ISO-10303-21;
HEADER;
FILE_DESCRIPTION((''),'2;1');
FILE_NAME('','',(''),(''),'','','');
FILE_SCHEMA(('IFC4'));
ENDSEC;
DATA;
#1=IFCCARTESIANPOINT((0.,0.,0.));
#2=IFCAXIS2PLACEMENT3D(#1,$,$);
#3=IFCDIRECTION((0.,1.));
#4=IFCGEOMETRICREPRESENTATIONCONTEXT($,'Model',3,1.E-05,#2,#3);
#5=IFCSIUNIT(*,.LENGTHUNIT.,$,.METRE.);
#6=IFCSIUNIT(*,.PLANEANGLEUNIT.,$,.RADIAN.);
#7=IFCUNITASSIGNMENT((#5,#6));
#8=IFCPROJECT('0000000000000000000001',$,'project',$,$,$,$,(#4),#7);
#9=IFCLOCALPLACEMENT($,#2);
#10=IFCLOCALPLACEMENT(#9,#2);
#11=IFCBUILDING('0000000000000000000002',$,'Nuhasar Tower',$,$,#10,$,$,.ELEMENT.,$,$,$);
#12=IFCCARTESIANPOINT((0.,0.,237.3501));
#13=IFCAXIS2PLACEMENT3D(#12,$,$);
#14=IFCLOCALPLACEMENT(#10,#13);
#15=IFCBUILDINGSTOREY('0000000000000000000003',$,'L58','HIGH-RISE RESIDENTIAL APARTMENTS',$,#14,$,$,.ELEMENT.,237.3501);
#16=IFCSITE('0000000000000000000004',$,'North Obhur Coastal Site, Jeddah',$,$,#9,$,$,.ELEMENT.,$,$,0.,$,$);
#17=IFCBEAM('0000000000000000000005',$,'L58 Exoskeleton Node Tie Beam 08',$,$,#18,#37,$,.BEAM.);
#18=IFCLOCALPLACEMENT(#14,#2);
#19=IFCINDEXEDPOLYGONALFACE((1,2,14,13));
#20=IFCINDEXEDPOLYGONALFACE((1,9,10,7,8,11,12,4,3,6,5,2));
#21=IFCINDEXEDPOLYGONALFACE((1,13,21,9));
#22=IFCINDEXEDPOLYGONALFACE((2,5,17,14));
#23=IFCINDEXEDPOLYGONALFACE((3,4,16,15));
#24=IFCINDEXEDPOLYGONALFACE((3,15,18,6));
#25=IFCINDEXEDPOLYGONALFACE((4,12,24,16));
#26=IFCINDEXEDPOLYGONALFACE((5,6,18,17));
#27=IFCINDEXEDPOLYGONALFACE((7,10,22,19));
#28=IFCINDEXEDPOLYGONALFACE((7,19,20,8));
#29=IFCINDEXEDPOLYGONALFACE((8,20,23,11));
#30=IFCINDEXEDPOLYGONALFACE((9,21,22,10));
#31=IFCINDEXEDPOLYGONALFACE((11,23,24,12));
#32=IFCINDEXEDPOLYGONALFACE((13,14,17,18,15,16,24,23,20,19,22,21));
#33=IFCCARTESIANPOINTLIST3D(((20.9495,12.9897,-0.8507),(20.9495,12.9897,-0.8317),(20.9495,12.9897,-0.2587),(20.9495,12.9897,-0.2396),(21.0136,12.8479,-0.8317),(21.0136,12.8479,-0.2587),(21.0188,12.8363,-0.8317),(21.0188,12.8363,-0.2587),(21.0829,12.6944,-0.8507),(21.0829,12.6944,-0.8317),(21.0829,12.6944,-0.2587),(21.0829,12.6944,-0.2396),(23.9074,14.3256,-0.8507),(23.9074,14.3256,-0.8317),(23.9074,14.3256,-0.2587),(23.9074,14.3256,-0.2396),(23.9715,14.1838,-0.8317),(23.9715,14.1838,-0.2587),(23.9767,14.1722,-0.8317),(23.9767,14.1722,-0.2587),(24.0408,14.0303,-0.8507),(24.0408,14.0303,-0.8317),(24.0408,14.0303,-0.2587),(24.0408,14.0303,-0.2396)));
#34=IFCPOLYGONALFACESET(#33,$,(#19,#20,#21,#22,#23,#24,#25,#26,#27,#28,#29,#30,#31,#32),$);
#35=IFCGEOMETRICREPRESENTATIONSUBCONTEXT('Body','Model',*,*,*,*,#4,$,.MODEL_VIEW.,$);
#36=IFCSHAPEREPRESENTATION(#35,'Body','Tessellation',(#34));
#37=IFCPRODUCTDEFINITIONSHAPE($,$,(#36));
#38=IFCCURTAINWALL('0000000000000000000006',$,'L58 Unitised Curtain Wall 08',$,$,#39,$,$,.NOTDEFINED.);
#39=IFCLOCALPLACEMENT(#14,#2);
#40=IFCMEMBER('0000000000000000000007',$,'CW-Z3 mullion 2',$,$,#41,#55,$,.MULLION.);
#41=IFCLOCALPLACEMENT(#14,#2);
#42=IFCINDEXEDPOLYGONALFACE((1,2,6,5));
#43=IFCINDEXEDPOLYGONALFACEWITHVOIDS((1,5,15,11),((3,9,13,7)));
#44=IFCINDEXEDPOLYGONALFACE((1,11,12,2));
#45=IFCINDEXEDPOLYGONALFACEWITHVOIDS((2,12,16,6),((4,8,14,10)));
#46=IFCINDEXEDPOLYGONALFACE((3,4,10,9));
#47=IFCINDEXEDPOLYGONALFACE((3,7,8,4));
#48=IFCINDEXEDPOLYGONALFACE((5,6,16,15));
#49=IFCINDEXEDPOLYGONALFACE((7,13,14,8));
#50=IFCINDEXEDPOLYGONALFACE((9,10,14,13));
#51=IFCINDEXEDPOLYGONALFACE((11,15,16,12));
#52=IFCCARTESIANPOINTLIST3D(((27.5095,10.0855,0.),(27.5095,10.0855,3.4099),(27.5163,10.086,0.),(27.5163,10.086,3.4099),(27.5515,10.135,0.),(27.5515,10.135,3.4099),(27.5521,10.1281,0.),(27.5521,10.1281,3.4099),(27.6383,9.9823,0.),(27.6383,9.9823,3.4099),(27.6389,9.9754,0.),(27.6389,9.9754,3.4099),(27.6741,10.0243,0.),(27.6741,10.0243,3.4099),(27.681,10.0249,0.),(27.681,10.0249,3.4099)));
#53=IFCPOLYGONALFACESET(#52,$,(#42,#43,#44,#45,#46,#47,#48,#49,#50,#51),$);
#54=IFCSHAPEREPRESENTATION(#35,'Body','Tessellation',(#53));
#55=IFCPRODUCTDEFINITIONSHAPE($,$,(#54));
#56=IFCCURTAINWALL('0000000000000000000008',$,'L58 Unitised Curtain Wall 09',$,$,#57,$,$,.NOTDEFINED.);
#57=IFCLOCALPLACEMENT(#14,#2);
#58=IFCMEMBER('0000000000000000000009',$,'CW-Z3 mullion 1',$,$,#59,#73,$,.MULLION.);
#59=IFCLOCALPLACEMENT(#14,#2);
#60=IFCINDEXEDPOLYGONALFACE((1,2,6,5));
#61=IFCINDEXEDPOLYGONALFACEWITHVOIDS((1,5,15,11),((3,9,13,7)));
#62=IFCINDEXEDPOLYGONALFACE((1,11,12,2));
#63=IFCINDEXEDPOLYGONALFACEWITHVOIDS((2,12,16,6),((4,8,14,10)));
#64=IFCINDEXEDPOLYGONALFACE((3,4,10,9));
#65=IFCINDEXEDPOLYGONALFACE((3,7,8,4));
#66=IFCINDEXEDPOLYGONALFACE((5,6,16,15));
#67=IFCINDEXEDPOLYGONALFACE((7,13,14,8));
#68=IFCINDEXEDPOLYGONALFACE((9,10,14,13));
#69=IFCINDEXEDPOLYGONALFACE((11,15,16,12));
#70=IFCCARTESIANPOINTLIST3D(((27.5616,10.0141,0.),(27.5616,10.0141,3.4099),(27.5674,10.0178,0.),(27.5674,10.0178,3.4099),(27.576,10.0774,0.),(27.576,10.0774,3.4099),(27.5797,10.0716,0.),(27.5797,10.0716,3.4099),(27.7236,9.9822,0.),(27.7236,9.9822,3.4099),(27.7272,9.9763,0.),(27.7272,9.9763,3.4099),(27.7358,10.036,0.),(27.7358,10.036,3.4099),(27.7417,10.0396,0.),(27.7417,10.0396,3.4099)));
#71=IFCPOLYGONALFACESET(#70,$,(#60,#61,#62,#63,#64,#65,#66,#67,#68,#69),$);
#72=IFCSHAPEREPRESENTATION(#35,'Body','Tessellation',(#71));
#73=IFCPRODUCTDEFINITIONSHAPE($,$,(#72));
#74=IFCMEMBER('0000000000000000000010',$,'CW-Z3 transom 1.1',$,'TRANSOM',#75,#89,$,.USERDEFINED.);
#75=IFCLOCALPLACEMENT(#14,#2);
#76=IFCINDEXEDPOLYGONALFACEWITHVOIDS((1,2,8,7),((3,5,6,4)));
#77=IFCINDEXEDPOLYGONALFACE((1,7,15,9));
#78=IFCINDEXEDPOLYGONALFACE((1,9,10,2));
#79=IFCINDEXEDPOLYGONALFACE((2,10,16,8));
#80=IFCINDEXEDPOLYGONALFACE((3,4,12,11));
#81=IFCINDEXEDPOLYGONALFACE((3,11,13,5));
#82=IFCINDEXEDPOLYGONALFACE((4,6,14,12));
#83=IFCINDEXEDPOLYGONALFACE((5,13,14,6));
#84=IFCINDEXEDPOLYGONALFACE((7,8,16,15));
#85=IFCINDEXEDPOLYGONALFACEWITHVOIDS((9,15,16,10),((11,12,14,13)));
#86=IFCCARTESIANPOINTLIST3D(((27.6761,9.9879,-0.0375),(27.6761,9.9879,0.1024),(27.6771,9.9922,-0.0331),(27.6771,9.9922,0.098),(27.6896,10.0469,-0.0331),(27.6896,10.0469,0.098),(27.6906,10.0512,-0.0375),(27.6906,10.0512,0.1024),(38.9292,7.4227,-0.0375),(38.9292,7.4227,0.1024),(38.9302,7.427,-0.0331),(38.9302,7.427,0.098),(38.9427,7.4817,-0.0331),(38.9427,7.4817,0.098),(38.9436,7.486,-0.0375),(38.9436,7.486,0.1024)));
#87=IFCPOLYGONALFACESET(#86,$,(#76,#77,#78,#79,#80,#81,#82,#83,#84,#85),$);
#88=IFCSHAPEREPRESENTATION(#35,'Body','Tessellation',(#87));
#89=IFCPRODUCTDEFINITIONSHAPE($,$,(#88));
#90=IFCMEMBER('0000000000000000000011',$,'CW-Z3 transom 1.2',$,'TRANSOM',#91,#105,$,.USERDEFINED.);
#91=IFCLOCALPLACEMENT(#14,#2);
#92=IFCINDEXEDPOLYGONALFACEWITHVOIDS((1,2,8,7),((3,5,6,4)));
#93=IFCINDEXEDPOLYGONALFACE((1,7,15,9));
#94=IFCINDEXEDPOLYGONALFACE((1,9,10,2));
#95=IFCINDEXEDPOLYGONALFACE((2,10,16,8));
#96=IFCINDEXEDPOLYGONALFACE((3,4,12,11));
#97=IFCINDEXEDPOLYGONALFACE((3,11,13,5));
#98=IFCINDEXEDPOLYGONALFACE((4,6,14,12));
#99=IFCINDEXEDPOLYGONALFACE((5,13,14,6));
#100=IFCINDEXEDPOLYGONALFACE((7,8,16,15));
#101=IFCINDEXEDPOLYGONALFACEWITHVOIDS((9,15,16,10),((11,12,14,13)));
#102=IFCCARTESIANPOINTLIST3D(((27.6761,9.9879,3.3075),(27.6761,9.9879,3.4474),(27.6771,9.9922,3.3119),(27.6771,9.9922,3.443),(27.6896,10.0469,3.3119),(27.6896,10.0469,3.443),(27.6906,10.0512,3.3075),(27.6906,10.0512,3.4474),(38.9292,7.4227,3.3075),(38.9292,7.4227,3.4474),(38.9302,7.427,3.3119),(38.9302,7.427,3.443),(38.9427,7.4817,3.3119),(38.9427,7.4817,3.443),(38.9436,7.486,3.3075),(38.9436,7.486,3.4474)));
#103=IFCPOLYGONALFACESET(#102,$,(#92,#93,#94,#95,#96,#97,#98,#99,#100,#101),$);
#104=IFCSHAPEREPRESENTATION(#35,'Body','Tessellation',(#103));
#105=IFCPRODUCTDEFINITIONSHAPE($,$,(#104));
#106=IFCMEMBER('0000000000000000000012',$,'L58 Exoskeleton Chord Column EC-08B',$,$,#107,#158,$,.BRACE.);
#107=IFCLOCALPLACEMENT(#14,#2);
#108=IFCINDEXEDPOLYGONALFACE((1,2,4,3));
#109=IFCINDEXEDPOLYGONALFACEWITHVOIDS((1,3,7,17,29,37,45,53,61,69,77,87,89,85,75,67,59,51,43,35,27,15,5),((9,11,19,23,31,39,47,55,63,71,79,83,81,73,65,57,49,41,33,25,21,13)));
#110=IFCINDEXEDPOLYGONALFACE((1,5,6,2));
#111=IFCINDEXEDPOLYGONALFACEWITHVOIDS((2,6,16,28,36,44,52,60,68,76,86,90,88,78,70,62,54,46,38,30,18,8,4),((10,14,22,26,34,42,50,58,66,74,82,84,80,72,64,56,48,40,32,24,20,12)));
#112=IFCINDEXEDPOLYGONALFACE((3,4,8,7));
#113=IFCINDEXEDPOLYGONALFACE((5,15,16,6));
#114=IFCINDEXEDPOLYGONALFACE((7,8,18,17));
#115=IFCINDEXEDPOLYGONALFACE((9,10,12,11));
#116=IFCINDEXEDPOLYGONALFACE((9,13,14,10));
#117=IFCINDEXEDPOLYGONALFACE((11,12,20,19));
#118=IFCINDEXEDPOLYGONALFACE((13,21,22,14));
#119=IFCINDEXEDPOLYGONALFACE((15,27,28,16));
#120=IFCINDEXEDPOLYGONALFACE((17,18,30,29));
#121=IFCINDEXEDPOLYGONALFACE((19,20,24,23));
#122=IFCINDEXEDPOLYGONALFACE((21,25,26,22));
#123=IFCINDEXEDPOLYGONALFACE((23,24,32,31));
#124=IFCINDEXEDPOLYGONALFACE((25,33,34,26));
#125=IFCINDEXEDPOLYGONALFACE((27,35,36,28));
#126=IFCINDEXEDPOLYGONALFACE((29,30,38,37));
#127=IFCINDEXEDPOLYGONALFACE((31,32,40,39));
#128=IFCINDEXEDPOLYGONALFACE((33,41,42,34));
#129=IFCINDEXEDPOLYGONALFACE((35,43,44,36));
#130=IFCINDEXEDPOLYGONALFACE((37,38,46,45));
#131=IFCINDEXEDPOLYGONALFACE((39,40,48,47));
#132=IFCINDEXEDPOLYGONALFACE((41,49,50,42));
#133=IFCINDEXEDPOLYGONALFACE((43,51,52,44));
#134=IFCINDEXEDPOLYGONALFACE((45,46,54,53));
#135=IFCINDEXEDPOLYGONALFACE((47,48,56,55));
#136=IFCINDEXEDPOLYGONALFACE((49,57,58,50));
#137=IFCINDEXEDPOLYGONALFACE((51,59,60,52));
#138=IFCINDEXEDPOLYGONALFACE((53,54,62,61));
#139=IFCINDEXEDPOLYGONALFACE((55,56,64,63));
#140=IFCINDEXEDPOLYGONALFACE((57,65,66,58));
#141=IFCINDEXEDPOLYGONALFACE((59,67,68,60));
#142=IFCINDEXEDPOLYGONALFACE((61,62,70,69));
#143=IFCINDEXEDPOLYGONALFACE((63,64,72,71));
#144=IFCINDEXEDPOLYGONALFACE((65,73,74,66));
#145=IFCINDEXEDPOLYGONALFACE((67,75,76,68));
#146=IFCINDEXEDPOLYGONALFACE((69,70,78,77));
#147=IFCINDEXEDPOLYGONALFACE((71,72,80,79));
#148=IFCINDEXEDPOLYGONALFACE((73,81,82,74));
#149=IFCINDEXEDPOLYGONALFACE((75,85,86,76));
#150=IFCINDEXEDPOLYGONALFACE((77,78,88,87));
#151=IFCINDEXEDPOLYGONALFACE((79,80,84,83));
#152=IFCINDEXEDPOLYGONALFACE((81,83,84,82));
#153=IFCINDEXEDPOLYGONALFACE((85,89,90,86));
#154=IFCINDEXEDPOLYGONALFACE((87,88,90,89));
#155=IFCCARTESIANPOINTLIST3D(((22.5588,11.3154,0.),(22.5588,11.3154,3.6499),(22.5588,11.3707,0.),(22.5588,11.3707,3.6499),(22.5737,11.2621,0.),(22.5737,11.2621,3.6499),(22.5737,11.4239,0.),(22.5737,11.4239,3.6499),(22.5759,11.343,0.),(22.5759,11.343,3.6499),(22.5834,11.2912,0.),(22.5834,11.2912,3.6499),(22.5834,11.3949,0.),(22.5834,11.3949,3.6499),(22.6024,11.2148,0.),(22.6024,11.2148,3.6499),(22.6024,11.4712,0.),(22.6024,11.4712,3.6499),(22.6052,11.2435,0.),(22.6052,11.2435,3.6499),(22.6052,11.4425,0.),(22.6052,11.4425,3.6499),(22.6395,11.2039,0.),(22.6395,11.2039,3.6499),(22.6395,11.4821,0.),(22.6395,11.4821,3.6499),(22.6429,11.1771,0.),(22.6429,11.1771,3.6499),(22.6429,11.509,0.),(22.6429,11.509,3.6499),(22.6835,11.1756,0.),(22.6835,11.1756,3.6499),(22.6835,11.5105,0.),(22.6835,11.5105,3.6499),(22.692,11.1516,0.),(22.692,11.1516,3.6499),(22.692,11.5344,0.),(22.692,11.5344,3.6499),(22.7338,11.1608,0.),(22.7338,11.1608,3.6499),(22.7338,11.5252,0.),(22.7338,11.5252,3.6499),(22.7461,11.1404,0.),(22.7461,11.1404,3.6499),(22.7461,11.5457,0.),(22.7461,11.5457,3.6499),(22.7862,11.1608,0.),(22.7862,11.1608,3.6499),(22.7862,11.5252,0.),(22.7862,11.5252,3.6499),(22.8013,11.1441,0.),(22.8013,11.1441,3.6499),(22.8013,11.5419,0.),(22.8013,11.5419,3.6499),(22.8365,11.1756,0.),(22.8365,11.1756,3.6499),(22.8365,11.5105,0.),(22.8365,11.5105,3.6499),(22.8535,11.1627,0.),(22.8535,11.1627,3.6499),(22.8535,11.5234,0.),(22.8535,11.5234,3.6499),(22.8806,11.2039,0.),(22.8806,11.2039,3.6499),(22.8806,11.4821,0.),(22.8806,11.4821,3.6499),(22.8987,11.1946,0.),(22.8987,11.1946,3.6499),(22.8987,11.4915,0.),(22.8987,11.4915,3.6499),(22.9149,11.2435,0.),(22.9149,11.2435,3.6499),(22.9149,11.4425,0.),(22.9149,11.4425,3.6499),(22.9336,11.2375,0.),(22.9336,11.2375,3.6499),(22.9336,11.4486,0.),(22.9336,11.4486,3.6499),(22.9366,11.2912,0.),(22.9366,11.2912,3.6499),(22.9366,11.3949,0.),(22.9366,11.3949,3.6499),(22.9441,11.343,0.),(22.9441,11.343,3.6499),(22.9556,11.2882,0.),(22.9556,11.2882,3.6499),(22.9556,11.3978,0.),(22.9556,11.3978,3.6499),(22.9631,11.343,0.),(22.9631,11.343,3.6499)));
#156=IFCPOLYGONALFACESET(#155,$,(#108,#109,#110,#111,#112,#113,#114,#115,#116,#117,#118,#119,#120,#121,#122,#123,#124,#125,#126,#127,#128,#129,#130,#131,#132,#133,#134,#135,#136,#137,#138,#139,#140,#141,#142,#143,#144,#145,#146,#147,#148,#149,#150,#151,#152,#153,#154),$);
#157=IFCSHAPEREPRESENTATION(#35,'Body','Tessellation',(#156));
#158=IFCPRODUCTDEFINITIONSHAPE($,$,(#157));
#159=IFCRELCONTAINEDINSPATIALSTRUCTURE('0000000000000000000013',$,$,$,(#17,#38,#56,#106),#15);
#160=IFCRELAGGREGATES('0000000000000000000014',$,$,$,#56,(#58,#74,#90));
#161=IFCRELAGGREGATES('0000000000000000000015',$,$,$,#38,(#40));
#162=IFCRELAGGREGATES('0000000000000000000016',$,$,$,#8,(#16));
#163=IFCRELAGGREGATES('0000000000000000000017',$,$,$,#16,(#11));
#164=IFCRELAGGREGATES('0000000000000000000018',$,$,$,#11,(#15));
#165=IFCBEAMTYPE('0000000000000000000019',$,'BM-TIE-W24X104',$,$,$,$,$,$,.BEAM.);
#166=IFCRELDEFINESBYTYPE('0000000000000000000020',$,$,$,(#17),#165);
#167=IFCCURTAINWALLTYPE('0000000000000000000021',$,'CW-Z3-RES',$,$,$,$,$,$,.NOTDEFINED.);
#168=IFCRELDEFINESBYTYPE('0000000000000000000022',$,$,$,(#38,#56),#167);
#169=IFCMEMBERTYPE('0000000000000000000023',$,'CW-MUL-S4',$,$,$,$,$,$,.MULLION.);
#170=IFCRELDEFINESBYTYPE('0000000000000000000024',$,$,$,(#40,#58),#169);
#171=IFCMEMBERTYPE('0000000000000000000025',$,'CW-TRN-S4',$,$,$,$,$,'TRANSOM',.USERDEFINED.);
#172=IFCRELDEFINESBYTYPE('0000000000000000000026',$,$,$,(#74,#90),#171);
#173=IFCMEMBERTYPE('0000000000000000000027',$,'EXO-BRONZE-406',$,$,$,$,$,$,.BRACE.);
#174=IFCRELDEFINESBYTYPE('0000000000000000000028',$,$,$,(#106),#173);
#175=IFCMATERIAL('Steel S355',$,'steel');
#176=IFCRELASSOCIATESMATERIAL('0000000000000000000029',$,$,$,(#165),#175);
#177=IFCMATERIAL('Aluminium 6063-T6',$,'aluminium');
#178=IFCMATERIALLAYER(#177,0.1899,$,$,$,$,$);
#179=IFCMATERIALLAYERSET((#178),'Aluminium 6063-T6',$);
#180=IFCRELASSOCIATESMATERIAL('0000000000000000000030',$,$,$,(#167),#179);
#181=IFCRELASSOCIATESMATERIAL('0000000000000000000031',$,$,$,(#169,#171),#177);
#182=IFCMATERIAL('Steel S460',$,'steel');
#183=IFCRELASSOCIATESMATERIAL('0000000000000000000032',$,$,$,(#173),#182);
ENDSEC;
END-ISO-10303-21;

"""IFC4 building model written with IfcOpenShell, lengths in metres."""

from ifc_helpers import new_model, si_unit, direction, frame, origin, origin_2d, place, context, subcontext, project, spatial, hollow_rectangle, hollow_circle, i_section, extrude, material, layer, layer_set, material_profile, profile_set, type_object, element, aggregate, save


model = new_model("IFC4")

# Units and contexts
model_context = context("Model", 3, precision=1e-05, world=origin(), true_north=direction((0.0, 1.0)))
body_context = subcontext(model_context, "Body", "Model", "MODEL_VIEW")
ifc_project = project(units=[si_unit("LENGTHUNIT", "METRE"), si_unit("PLANEANGLEUNIT", "RADIAN")], contexts=[model_context])

# Site, building, storey
site_placement = place(None, origin())
site = spatial("IfcSite", under=ifc_project, at=site_placement, Name="North Obhur Coastal Site, Jeddah", CompositionType="ELEMENT", RefElevation=0.0)
building_placement = place(site_placement, origin())
building = spatial("IfcBuilding", under=site, at=building_placement, Name="Nuhasar Tower", CompositionType="ELEMENT")
storey_placement = place(building_placement, frame((0.0, 0.0, 237.3501)))
storey = spatial("IfcBuildingStorey", under=building, at=storey_placement, Name="L58", Description="HIGH-RISE RESIDENTIAL APARTMENTS", CompositionType="ELEMENT", Elevation=237.3501)

# Beam
ifc_material_1 = material(Name="Steel S355", Category="steel")
ifc_material_profile_1 = material_profile(ifc_material_1, i_section(OverallWidth=0.324, OverallDepth=0.6111, WebThickness=0.0127, FlangeThickness=0.019, at=origin_2d()), Name="W24X104")
ifc_profile_set_1 = profile_set([ifc_material_profile_1], Name="Steel S355")
beam_type_1 = type_object("IfcBeamType", Name="BM-TIE-W24X104", PredefinedType="BEAM", material=ifc_profile_set_1)
beam_1_placement = place(storey_placement, frame((23.9741, 14.178, -0.5452), z_axis=(-0.911363, -0.411603, 0.0), x_axis=(0.411603, -0.911363, 0.0)))
element("IfcBeam", 1, at=beam_1_placement, inside=storey, type_object=beam_type_1, Name="L58 Exoskeleton Node Tie Beam 08", PredefinedType="BEAM", context=body_context, shape_type="SweptSolid", body=[
    extrude(i_section(OverallWidth=0.324, OverallDepth=0.6111, WebThickness=0.0127, FlangeThickness=0.019, at=origin_2d()), origin(), (0.0, 0.0, 1.0), 3.2456),
])

# Curtain wall, member
ifc_material_2 = material(Name="Aluminium 6063-T6", Category="aluminium")
ifc_layer_1 = layer(ifc_material_2, 0.1899)
ifc_layer_set_1 = layer_set([ifc_layer_1], Name="Aluminium 6063-T6")
curtain_wall_type = type_object("IfcCurtainWallType", Name="CW-Z3-RES", PredefinedType="NOTDEFINED", material=ifc_layer_set_1)
curtain_wall_1_placement = place(storey_placement, origin())
curtain_wall_1 = element("IfcCurtainWall", 2, at=curtain_wall_1_placement, inside=storey, type_object=curtain_wall_type, Name="L58 Unitised Curtain Wall 08", PredefinedType="NOTDEFINED")
ifc_material_profile_2 = material_profile(ifc_material_2, hollow_rectangle(XDim=0.0649, YDim=0.1699, WallThickness=0.0049, at=origin_2d()), Name="CWM-4")
ifc_profile_set_2 = profile_set([ifc_material_profile_2], Name="Aluminium 6063-T6")
member_type_1 = type_object("IfcMemberType", Name="CW-MUL-S4", PredefinedType="MULLION", material=ifc_profile_set_2)
member_1_placement = place(storey_placement, frame((27.5952, 10.0552, 0.0), z_axis=(0.0, 0.0, 1.0), x_axis=(0.647895, 0.761729, 0.0)))
member_1 = element("IfcMember", 3, at=member_1_placement, type_object=member_type_1, Name="CW-Z3 mullion 2", PredefinedType="MULLION", context=body_context, shape_type="SweptSolid", body=[
    extrude(hollow_rectangle(XDim=0.0649, YDim=0.1699, WallThickness=0.0049, at=origin_2d()), origin(), (0.0, 0.0, 1.0), 3.4099),
])

# Curtain wall, members
curtain_wall_2_placement = place(storey_placement, origin())
curtain_wall_2 = element("IfcCurtainWall", 4, at=curtain_wall_2_placement, inside=storey, type_object=curtain_wall_type, Name="L58 Unitised Curtain Wall 09", PredefinedType="NOTDEFINED")
member_2_placement = place(storey_placement, frame((27.6516, 10.0269, 0.0), z_axis=(0.0, 0.0, 1.0), x_axis=(0.222243, 0.974991, 0.0)))
member_2 = element("IfcMember", 5, at=member_2_placement, type_object=member_type_1, Name="CW-Z3 mullion 1", PredefinedType="MULLION", context=body_context, shape_type="SweptSolid", body=[
    extrude(hollow_rectangle(XDim=0.0649, YDim=0.1699, WallThickness=0.0049, at=origin_2d()), origin(), (0.0, 0.0, 1.0), 3.4099),
])
ifc_material_profile_3 = material_profile(ifc_material_2, hollow_rectangle(XDim=0.0649, YDim=0.1399, WallThickness=0.0044, at=origin_2d()), Name="CWT-4")
ifc_profile_set_3 = profile_set([ifc_material_profile_3], Name="Aluminium 6063-T6")
member_type_2 = type_object("IfcMemberType", Name="CW-TRN-S4", ElementType="TRANSOM", PredefinedType="USERDEFINED", material=ifc_profile_set_3)
member_3_placement = place(storey_placement, frame((27.6833, 10.0195, 0.0325), z_axis=(0.974989, -0.222251, 0.0), x_axis=(0.222251, 0.974989, 0.0)))
member_3 = element("IfcMember", 6, at=member_3_placement, type_object=member_type_2, Name="CW-Z3 transom 1.1", ObjectType="TRANSOM", PredefinedType="USERDEFINED", context=body_context, shape_type="SweptSolid", body=[
    extrude(hollow_rectangle(XDim=0.0649, YDim=0.1399, WallThickness=0.0044, at=origin_2d()), origin(), (0.0, 0.0, 1.0), 11.5417),
])
member_4_placement = place(storey_placement, frame((27.6833, 10.0195, 3.3774), z_axis=(0.974989, -0.222251, 0.0), x_axis=(0.222251, 0.974989, 0.0)))
member_4 = element("IfcMember", 7, at=member_4_placement, type_object=member_type_2, Name="CW-Z3 transom 1.2", ObjectType="TRANSOM", PredefinedType="USERDEFINED", context=body_context, shape_type="SweptSolid", body=[
    extrude(hollow_rectangle(XDim=0.0649, YDim=0.1399, WallThickness=0.0044, at=origin_2d()), origin(), (0.0, 0.0, 1.0), 11.5417),
])
aggregate(curtain_wall_2, [member_2, member_3, member_4])

# Member
ifc_material_3 = material(Name="Steel S460", Category="steel")
ifc_material_profile_4 = material_profile(ifc_material_3, hollow_circle(Radius=0.2031, WallThickness=0.019, at=origin_2d()), Name="HSS406.4X19.1")
ifc_profile_set_4 = profile_set([ifc_material_profile_4], Name="Steel S460")
member_type_3 = type_object("IfcMemberType", Name="EXO-BRONZE-406", PredefinedType="BRACE", material=ifc_profile_set_4)
member_5_placement = place(storey_placement, frame((22.76, 11.343, 0.0), z_axis=(0.0, 0.0, 1.0), x_axis=(1.0, 0.0, 0.0)))
element("IfcMember", 8, at=member_5_placement, inside=storey, type_object=member_type_3, Name="L58 Exoskeleton Chord Column EC-08B", PredefinedType="BRACE", context=body_context, shape_type="SweptSolid", body=[
    extrude(hollow_circle(Radius=0.2031, WallThickness=0.019, at=origin_2d()), origin(), (0.0, 0.0, 1.0), 3.6499),
])

aggregate(curtain_wall_1, [member_1])

save(model, "model.ifc")
